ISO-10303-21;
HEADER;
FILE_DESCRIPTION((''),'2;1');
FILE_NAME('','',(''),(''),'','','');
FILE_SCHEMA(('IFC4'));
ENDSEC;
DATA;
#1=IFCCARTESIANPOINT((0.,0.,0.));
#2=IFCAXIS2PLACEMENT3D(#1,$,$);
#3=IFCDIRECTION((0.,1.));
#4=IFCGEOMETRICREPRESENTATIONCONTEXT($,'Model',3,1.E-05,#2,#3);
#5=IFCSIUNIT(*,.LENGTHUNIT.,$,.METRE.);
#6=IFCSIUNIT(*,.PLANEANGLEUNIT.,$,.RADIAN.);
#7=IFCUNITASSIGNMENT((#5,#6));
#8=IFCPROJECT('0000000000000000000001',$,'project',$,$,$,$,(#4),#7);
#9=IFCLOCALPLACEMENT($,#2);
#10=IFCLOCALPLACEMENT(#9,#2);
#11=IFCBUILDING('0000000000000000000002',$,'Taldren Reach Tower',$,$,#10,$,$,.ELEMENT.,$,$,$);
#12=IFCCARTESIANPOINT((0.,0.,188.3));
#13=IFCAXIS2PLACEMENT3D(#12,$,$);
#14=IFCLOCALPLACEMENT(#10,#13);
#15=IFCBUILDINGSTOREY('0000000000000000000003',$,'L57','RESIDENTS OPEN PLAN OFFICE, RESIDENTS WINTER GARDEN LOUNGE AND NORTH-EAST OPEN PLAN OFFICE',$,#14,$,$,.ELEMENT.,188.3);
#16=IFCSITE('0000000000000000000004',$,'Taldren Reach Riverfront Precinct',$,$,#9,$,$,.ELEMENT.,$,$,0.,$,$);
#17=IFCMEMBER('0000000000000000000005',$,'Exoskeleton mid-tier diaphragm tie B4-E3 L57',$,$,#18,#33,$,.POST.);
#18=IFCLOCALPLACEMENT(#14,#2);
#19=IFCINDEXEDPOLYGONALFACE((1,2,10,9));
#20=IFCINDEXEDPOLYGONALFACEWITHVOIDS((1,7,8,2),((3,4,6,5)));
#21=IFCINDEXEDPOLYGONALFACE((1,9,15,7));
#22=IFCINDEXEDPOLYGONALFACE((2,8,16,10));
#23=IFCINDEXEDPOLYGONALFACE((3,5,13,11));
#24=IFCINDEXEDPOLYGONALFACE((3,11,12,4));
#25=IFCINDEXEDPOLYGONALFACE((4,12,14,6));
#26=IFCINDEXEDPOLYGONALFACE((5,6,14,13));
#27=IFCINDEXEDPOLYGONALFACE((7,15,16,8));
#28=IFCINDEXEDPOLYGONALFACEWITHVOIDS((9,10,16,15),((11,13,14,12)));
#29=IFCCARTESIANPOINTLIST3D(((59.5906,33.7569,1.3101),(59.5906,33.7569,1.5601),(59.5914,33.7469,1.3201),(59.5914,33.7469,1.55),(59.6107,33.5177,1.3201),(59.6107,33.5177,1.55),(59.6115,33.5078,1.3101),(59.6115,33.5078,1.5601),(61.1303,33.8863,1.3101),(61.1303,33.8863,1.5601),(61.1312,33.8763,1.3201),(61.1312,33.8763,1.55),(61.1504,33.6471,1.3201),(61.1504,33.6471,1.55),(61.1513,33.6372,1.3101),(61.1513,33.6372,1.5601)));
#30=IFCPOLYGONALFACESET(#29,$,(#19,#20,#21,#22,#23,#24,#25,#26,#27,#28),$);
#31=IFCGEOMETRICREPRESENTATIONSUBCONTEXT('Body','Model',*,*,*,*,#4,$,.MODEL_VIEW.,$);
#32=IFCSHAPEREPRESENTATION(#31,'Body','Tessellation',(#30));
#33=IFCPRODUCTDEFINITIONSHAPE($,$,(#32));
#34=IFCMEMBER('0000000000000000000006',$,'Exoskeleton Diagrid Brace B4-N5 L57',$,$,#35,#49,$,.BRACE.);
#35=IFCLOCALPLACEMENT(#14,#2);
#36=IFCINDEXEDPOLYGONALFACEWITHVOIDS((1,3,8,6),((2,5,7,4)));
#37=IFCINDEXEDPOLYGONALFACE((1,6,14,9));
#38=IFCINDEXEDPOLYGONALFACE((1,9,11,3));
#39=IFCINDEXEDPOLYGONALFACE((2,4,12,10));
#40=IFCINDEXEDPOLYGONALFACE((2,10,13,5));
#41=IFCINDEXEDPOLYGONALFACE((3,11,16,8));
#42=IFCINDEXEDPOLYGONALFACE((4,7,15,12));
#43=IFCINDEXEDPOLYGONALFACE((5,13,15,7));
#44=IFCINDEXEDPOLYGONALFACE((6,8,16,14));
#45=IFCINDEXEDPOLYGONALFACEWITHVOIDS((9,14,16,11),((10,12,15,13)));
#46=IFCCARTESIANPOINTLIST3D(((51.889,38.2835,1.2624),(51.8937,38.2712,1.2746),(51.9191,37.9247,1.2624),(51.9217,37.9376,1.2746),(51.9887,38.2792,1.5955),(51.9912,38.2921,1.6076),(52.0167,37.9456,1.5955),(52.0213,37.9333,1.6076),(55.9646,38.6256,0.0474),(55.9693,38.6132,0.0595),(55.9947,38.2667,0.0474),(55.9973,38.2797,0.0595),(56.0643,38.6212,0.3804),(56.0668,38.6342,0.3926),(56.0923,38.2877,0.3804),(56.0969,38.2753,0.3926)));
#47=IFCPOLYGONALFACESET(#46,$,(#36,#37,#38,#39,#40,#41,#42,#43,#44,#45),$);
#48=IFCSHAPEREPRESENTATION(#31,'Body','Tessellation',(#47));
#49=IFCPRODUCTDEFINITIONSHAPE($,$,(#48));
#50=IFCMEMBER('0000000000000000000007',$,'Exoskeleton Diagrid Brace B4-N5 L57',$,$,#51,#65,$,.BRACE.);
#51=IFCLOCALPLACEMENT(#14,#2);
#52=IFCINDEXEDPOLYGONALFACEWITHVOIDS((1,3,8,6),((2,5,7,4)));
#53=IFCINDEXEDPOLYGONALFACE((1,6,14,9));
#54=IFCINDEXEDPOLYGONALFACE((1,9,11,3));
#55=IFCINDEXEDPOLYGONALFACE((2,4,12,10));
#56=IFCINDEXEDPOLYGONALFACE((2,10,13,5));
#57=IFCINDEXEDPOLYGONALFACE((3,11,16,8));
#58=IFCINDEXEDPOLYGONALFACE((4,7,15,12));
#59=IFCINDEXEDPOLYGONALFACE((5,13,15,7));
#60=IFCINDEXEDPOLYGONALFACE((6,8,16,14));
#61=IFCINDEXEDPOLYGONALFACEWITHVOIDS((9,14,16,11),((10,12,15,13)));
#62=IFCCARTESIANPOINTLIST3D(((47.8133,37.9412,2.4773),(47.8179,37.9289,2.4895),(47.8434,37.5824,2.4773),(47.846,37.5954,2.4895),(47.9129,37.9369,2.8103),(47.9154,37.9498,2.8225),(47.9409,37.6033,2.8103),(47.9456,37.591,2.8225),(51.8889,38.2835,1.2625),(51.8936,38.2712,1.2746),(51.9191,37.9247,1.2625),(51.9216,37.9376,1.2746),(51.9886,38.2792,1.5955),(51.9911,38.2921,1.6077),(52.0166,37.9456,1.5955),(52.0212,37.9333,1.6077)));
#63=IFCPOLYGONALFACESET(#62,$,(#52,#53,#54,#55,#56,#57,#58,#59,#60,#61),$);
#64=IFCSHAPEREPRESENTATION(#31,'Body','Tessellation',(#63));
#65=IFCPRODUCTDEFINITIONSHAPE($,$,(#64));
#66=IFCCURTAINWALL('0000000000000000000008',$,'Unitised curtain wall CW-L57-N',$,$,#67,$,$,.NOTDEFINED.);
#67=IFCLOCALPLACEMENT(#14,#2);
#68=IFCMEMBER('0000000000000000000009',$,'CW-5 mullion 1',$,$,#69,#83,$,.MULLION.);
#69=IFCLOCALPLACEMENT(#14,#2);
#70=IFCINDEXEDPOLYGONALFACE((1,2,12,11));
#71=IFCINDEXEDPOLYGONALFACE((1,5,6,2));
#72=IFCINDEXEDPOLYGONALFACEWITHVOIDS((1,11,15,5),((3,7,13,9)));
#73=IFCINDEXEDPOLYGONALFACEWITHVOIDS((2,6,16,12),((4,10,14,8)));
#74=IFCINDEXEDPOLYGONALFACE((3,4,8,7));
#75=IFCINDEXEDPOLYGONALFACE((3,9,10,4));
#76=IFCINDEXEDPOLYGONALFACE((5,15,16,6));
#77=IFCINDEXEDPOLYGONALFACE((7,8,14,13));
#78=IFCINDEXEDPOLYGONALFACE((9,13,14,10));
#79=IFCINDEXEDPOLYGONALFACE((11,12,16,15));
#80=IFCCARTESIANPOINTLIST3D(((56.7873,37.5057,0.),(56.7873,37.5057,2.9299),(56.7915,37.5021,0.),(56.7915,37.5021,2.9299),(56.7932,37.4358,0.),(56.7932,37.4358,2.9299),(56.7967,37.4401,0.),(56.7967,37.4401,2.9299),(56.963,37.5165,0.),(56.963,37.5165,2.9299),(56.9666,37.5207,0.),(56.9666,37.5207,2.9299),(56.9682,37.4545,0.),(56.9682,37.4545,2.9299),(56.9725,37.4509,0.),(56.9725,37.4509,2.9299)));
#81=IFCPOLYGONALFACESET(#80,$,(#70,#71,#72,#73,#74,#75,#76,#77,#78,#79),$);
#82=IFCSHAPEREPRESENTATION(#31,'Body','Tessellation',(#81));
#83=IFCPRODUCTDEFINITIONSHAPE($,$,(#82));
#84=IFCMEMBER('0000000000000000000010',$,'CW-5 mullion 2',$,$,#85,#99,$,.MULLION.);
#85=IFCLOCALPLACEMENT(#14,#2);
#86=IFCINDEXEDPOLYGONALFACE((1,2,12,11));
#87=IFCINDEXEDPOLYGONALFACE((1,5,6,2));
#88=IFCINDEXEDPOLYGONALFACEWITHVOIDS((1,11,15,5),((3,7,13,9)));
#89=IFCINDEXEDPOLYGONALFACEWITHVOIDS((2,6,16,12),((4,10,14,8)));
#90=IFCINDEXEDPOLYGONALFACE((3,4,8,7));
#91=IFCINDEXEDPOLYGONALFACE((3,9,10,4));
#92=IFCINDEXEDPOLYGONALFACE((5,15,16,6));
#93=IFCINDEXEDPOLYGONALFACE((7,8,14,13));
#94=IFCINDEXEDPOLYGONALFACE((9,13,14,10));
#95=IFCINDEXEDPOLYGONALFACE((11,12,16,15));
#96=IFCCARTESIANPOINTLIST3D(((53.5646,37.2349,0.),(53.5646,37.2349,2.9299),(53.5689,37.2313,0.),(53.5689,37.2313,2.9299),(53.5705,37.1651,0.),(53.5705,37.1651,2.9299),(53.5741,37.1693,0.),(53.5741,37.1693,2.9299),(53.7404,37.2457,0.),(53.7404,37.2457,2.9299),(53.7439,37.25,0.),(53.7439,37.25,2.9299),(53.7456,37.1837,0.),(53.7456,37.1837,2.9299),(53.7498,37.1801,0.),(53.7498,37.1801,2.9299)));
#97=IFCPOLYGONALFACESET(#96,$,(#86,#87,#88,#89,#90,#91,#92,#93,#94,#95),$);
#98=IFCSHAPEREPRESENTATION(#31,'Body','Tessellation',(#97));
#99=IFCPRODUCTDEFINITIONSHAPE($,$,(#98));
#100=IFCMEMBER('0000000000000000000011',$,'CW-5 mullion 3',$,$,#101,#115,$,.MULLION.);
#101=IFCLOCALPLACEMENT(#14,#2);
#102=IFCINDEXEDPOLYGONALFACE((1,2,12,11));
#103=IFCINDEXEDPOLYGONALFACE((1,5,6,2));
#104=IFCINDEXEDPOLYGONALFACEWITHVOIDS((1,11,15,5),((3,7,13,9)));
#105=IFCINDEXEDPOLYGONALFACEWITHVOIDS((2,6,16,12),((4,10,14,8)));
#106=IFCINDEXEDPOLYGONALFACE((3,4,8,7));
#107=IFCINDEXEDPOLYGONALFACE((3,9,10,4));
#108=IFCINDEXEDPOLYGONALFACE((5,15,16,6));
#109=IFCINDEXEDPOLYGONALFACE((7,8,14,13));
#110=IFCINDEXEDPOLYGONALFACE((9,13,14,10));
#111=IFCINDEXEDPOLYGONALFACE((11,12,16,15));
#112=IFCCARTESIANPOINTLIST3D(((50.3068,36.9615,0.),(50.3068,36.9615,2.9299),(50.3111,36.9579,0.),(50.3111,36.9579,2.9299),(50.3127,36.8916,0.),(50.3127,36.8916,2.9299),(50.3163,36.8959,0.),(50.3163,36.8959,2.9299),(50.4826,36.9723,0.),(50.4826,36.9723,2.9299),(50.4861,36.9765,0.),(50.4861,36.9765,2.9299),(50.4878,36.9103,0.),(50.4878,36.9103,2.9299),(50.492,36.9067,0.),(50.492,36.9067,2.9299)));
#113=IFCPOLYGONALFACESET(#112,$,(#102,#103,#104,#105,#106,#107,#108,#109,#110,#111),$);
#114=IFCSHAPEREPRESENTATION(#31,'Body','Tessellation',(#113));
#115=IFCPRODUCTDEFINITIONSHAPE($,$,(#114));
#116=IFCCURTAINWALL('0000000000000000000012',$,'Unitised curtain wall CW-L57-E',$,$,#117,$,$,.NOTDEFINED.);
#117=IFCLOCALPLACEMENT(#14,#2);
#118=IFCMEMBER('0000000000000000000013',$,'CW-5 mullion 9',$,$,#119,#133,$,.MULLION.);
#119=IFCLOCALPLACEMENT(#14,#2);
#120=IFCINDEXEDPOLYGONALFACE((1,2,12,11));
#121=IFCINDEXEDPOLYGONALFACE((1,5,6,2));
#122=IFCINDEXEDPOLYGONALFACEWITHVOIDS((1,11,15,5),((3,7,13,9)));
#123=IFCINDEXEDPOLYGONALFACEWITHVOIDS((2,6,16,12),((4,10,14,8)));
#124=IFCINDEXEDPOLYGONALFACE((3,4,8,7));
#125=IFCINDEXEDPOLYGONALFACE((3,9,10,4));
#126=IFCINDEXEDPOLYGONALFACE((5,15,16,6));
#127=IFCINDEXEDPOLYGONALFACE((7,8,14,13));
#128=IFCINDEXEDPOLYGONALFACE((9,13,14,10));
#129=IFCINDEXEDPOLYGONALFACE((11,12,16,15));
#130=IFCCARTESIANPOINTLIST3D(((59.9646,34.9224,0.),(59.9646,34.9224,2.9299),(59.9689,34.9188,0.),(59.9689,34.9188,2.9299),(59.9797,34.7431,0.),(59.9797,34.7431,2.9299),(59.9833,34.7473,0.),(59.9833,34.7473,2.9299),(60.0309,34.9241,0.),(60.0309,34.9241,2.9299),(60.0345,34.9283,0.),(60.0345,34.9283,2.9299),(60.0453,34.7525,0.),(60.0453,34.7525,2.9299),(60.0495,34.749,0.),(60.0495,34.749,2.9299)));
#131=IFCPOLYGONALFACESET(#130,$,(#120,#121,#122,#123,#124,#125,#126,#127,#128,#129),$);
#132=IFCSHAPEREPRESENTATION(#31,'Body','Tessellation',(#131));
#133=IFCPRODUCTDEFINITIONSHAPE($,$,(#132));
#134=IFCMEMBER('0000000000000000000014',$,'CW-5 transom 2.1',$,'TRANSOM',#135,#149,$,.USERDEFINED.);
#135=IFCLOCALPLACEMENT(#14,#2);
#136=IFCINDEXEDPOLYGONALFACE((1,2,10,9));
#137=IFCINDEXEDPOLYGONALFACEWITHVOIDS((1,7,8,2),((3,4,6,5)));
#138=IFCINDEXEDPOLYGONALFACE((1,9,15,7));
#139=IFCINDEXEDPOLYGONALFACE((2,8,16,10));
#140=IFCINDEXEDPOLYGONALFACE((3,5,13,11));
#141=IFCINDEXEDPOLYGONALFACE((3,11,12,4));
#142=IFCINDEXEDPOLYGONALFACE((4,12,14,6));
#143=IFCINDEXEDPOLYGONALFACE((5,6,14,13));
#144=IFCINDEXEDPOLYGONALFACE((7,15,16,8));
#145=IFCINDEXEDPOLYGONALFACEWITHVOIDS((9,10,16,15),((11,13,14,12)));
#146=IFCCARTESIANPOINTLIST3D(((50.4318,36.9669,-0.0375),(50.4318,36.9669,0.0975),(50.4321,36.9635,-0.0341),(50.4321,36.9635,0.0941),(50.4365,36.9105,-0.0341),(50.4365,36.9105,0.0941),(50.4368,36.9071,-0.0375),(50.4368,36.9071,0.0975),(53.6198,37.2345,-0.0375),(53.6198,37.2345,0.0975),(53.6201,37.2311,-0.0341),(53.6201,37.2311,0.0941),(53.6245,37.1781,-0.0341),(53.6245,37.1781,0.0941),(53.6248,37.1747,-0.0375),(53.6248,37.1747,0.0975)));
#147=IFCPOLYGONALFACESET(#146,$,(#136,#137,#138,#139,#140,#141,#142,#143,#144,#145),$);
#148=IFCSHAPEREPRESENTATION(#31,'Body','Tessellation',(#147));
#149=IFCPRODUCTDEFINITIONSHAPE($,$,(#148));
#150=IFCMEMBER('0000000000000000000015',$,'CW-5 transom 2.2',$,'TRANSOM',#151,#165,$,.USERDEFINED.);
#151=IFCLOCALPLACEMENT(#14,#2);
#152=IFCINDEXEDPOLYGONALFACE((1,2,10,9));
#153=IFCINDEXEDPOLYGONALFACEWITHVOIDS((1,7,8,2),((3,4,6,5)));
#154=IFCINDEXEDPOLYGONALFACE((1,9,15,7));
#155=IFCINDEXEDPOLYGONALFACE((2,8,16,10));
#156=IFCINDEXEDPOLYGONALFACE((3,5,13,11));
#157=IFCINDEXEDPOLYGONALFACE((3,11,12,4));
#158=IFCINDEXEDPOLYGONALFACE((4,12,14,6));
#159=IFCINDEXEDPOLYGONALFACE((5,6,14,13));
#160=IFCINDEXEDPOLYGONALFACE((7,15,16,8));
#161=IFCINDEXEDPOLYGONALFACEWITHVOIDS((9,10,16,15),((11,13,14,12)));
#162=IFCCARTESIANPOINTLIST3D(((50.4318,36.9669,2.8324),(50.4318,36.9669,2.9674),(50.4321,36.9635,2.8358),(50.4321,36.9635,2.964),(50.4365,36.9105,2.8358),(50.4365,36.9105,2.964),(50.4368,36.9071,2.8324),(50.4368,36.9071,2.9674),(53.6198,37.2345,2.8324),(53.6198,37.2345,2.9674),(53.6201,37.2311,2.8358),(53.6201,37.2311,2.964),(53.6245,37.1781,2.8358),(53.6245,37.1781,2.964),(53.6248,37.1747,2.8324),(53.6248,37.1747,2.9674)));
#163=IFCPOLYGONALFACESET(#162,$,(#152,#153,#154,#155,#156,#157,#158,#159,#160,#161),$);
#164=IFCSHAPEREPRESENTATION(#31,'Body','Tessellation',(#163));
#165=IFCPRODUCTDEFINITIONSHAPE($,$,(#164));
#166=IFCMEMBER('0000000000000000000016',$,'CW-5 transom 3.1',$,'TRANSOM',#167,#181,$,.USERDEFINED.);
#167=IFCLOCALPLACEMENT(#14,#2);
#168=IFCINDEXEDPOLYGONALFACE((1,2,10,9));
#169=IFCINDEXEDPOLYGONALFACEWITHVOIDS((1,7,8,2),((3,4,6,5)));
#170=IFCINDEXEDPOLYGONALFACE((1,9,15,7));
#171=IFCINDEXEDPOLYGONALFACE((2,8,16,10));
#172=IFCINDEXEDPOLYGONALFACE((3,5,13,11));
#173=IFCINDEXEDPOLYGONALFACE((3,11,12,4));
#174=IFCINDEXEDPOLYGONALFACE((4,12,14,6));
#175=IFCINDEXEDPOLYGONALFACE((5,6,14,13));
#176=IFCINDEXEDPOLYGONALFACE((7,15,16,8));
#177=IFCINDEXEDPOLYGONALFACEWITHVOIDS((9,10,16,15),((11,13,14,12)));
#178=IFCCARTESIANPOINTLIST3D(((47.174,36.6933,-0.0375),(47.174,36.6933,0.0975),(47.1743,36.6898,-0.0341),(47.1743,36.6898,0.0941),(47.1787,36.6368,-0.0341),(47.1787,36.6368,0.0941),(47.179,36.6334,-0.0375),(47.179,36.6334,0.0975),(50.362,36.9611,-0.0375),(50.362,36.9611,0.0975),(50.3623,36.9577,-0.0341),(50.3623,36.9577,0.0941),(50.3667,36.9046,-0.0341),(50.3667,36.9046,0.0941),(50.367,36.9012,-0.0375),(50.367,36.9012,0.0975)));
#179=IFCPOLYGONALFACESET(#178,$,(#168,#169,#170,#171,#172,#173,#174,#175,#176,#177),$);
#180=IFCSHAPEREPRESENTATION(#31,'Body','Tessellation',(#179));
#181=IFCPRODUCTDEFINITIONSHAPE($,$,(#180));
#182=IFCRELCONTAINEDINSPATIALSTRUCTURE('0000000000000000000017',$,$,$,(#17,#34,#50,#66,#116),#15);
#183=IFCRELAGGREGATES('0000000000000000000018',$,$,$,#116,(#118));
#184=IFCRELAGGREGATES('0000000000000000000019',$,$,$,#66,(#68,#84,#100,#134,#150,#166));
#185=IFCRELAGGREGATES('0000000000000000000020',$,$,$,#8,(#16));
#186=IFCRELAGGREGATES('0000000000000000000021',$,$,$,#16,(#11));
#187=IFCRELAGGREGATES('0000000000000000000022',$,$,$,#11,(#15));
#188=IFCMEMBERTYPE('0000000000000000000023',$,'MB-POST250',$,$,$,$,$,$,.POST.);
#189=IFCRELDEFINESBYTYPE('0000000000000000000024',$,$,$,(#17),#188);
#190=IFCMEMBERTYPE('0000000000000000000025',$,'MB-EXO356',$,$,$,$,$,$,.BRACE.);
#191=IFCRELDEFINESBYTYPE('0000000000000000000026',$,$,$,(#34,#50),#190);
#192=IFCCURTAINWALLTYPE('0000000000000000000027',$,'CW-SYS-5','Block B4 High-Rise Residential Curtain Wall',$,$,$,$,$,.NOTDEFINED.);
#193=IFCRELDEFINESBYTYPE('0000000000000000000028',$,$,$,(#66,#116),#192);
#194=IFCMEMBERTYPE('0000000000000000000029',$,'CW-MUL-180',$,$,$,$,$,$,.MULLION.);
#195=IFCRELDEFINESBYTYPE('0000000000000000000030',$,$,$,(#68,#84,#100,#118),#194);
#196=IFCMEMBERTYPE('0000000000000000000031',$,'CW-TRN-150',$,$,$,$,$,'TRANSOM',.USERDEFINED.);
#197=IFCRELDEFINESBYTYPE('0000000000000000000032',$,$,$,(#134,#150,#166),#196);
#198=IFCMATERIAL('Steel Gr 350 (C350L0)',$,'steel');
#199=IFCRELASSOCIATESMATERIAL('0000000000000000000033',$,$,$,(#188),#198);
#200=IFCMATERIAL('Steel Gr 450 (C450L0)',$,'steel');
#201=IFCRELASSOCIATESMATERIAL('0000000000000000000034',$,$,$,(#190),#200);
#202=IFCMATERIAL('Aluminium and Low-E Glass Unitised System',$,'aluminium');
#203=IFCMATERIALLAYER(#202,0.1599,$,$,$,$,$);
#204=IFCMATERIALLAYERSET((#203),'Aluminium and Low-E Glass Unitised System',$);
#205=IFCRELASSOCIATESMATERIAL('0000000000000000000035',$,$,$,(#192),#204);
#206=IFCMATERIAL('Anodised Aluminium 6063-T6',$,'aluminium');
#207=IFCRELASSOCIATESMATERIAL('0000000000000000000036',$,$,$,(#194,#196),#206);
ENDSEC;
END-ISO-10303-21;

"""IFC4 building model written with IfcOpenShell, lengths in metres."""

from ifc_helpers import new_model, si_unit, direction, frame, origin, origin_2d, place, context, subcontext, project, spatial, hollow_rectangle, extrude, source, transform, mapped, material, layer, layer_set, material_profile, profile_set, type_object, element, aggregate, save


model = new_model("IFC4")

# Units and contexts
model_context = context("Model", 3, precision=1e-05, world=origin(), true_north=direction((0.0, 1.0)))
body_context = subcontext(model_context, "Body", "Model", "MODEL_VIEW")
ifc_project = project(units=[si_unit("LENGTHUNIT", "METRE"), si_unit("PLANEANGLEUNIT", "RADIAN")], contexts=[model_context])

# Site, building, storey
site_placement = place(None, origin())
site = spatial("IfcSite", under=ifc_project, at=site_placement, Name="Taldren Reach Riverfront Precinct", CompositionType="ELEMENT", RefElevation=0.0)
building_placement = place(site_placement, origin())
building = spatial("IfcBuilding", under=site, at=building_placement, Name="Taldren Reach Tower", CompositionType="ELEMENT")
storey_placement = place(building_placement, frame((0.0, 0.0, 188.3)))
storey = spatial("IfcBuildingStorey", under=building, at=storey_placement, Name="L57", Description="RESIDENTS OPEN PLAN OFFICE, RESIDENTS WINTER GARDEN LOUNGE AND NORTH-EAST OPEN PLAN OFFICE", CompositionType="ELEMENT", Elevation=188.3)

# Shared definitions
ifc_material_1 = material(Name="Steel Gr 350 (C350L0)", Category="steel")

# Shared definitions
ifc_material_profile_1 = material_profile(ifc_material_1, hollow_rectangle(XDim=0.25, YDim=0.25, WallThickness=0.01, at=origin_2d()), Name="250x250x10.0SHS")
ifc_profile_set_1 = profile_set([ifc_material_profile_1], Name="Steel Gr 350 (C350L0)")
member_type_1 = type_object("IfcMemberType", Name="MB-POST250", PredefinedType="POST", material=ifc_profile_set_1)

# Members
ifc_material_2 = material(Name="Steel Gr 450 (C450L0)", Category="steel")
shared_shape_1 = source(origin(), body_context, "Body", "SweptSolid", [
    extrude(hollow_rectangle(XDim=0.25, YDim=0.25, WallThickness=0.01, at=origin_2d()), origin(), (0.0, 0.0, 1.0), 1.5452),
])
for number, where, z_axis, x_axis, name in (
    (1, (59.6011, 33.6323, 1.4351), (0.996488, 0.083738, 0.0), (-0.083738, 0.996488, 0.0), "Exoskeleton mid-tier diaphragm tie B4-E3 L57"),
):
    element("IfcMember", number, at=place(storey_placement, frame(where, z_axis=z_axis, x_axis=x_axis)), inside=storey, type_object=member_type_1, Name=name, PredefinedType="POST", context=body_context, shape_type="MappedRepresentation", body=[
        mapped(shared_shape_1, transform((0.0, 0.0, 0.0), scale=1.0)),
    ])
ifc_material_profile_2 = material_profile(ifc_material_2, hollow_rectangle(XDim=0.3601, YDim=0.3601, WallThickness=0.0127, at=origin_2d()), Name="360x360x12.7SHS")
ifc_profile_set_2 = profile_set([ifc_material_profile_2], Name="Steel Gr 450 (C450L0)")
member_type_2 = type_object("IfcMemberType", Name="MB-EXO356", PredefinedType="BRACE", material=ifc_profile_set_2)
shared_shape_2 = source(origin(), body_context, "Body", "SweptSolid", [
    extrude(hollow_rectangle(XDim=0.3601, YDim=0.3601, WallThickness=0.0127, at=origin_2d()), origin(), (0.0, 0.0, 1.0), 4.2666),
])
for number, where, z_axis, x_axis, name in (
    (2, (56.0308, 38.4504, 0.22), (-0.955234, -0.080165, 0.284785), (0.083628, -0.996497, 0.0), "Exoskeleton Diagrid Brace B4-N5 L57"),
    (3, (51.9551, 38.1084, 1.4351), (-0.955245, -0.080224, 0.284731), (0.083688, -0.996492, 0.0), "Exoskeleton Diagrid Brace B4-N5 L57"),
):
    element("IfcMember", number, at=place(storey_placement, frame(where, z_axis=z_axis, x_axis=x_axis)), inside=storey, type_object=member_type_2, Name=name, PredefinedType="BRACE", context=body_context, shape_type="MappedRepresentation", body=[
        mapped(shared_shape_2, transform((0.0, 0.0, 0.0), scale=1.0)),
    ])

# Curtain wall, members
ifc_material_3 = material(Name="Aluminium and Low-E Glass Unitised System", Category="aluminium")
ifc_layer_1 = layer(ifc_material_3, 0.1599)
ifc_layer_set_1 = layer_set([ifc_layer_1], Name="Aluminium and Low-E Glass Unitised System")
curtain_wall_type = type_object("IfcCurtainWallType", Name="CW-SYS-5", Description="Block B4 High-Rise Residential Curtain Wall", PredefinedType="NOTDEFINED", material=ifc_layer_set_1)
curtain_wall_1_placement = place(storey_placement, origin())
curtain_wall_1 = element("IfcCurtainWall", 4, at=curtain_wall_1_placement, inside=storey, type_object=curtain_wall_type, Name="Unitised curtain wall CW-L57-N", PredefinedType="NOTDEFINED")
ifc_material_4 = material(Name="Anodised Aluminium 6063-T6", Category="aluminium")
ifc_material_profile_3 = material_profile(ifc_material_4, hollow_rectangle(XDim=0.0701, YDim=0.1799, WallThickness=0.0039, at=origin_2d()), Name="ALU-180x70x4RHS")
ifc_profile_set_3 = profile_set([ifc_material_profile_3], Name="Anodised Aluminium 6063-T6")
member_type_3 = type_object("IfcMemberType", Name="CW-MUL-180", PredefinedType="MULLION", material=ifc_profile_set_3)
shared_shape_3 = source(origin(), body_context, "Body", "SweptSolid", [
    extrude(hollow_rectangle(XDim=0.0701, YDim=0.1799, WallThickness=0.0039, at=origin_2d()), origin(), (0.0, 0.0, 1.0), 2.9299),
])
member_1_placement = place(storey_placement, frame((56.8799, 37.4783, 0.0), z_axis=(0.0, 0.0, 1.0), x_axis=(0.083678, -0.996493, 0.0)))
member_1 = element("IfcMember", 5, at=member_1_placement, type_object=member_type_3, Name="CW-5 mullion 1", PredefinedType="MULLION", context=body_context, shape_type="MappedRepresentation", body=[
    mapped(shared_shape_3, transform((0.0, 0.0, 0.0), scale=1.0)),
])
member_2_placement = place(storey_placement, frame((53.6572, 37.2075, 0.0), z_axis=(0.0, 0.0, 1.0), x_axis=(0.083678, -0.996493, 0.0)))
member_2 = element("IfcMember", 6, at=member_2_placement, type_object=member_type_3, Name="CW-5 mullion 2", PredefinedType="MULLION", context=body_context, shape_type="MappedRepresentation", body=[
    mapped(shared_shape_3, transform((0.0, 0.0, 0.0), scale=1.0)),
])
member_3_placement = place(storey_placement, frame((50.3994, 36.9341, 0.0), z_axis=(0.0, 0.0, 1.0), x_axis=(0.083678, -0.996493, 0.0)))
member_3 = element("IfcMember", 7, at=member_3_placement, type_object=member_type_3, Name="CW-5 mullion 3", PredefinedType="MULLION", context=body_context, shape_type="MappedRepresentation", body=[
    mapped(shared_shape_3, transform((0.0, 0.0, 0.0), scale=1.0)),
])

# Curtain wall, member
curtain_wall_2_placement = place(storey_placement, origin())
curtain_wall_2 = element("IfcCurtainWall", 8, at=curtain_wall_2_placement, inside=storey, type_object=curtain_wall_type, Name="Unitised curtain wall CW-L57-E", PredefinedType="NOTDEFINED")
member_4_placement = place(storey_placement, frame((60.0071, 34.8357, 0.0), z_axis=(0.0, 0.0, 1.0), x_axis=(-0.996493, -0.083678, 0.0)))
member_4 = element("IfcMember", 9, at=member_4_placement, type_object=member_type_3, Name="CW-5 mullion 9", PredefinedType="MULLION", context=body_context, shape_type="MappedRepresentation", body=[
    mapped(shared_shape_3, transform((0.0, 0.0, 0.0), scale=1.0)),
])
aggregate(curtain_wall_2, [member_4])

# Members
ifc_material_profile_4 = material_profile(ifc_material_4, hollow_rectangle(XDim=0.0601, YDim=0.135, WallThickness=0.0034, at=origin_2d()), Name="ALU-135x60x3.5RHS")
ifc_profile_set_4 = profile_set([ifc_material_profile_4], Name="Anodised Aluminium 6063-T6")
member_type_4 = type_object("IfcMemberType", Name="CW-TRN-150", ElementType="TRANSOM", PredefinedType="USERDEFINED", material=ifc_profile_set_4)
shared_shape_4 = source(origin(), body_context, "Body", "SweptSolid", [
    extrude(hollow_rectangle(XDim=0.0601, YDim=0.135, WallThickness=0.0034, at=origin_2d()), origin(), (0.0, 0.0, 1.0), 3.1992),
])
member_5_placement = place(storey_placement, frame((53.6223, 37.2046, 0.03), z_axis=(-0.996496, -0.083639, 0.0), x_axis=(0.083639, -0.996496, 0.0)))
member_5 = element("IfcMember", 10, at=member_5_placement, type_object=member_type_4, Name="CW-5 transom 2.1", ObjectType="TRANSOM", PredefinedType="USERDEFINED", context=body_context, shape_type="MappedRepresentation", body=[
    mapped(shared_shape_4, transform((0.0, 0.0, 0.0), scale=1.0)),
])
member_6_placement = place(storey_placement, frame((53.6223, 37.2046, 2.8999), z_axis=(-0.996496, -0.083639, 0.0), x_axis=(0.083639, -0.996496, 0.0)))
member_6 = element("IfcMember", 11, at=member_6_placement, type_object=member_type_4, Name="CW-5 transom 2.2", ObjectType="TRANSOM", PredefinedType="USERDEFINED", context=body_context, shape_type="MappedRepresentation", body=[
    mapped(shared_shape_4, transform((0.0, 0.0, 0.0), scale=1.0)),
])
member_7_placement = place(storey_placement, frame((50.3645, 36.9312, 0.03), z_axis=(-0.99649, -0.083715, 0.0), x_axis=(0.083715, -0.99649, 0.0)))
member_7 = element("IfcMember", 12, at=member_7_placement, type_object=member_type_4, Name="CW-5 transom 3.1", ObjectType="TRANSOM", PredefinedType="USERDEFINED", context=body_context, shape_type="MappedRepresentation", body=[
    mapped(shared_shape_4, transform((0.0, 0.0, 0.0), scale=1.0)),
])

aggregate(curtain_wall_1, [member_1, member_2, member_3, member_5, member_6, member_7])

save(model, "model.ifc")
